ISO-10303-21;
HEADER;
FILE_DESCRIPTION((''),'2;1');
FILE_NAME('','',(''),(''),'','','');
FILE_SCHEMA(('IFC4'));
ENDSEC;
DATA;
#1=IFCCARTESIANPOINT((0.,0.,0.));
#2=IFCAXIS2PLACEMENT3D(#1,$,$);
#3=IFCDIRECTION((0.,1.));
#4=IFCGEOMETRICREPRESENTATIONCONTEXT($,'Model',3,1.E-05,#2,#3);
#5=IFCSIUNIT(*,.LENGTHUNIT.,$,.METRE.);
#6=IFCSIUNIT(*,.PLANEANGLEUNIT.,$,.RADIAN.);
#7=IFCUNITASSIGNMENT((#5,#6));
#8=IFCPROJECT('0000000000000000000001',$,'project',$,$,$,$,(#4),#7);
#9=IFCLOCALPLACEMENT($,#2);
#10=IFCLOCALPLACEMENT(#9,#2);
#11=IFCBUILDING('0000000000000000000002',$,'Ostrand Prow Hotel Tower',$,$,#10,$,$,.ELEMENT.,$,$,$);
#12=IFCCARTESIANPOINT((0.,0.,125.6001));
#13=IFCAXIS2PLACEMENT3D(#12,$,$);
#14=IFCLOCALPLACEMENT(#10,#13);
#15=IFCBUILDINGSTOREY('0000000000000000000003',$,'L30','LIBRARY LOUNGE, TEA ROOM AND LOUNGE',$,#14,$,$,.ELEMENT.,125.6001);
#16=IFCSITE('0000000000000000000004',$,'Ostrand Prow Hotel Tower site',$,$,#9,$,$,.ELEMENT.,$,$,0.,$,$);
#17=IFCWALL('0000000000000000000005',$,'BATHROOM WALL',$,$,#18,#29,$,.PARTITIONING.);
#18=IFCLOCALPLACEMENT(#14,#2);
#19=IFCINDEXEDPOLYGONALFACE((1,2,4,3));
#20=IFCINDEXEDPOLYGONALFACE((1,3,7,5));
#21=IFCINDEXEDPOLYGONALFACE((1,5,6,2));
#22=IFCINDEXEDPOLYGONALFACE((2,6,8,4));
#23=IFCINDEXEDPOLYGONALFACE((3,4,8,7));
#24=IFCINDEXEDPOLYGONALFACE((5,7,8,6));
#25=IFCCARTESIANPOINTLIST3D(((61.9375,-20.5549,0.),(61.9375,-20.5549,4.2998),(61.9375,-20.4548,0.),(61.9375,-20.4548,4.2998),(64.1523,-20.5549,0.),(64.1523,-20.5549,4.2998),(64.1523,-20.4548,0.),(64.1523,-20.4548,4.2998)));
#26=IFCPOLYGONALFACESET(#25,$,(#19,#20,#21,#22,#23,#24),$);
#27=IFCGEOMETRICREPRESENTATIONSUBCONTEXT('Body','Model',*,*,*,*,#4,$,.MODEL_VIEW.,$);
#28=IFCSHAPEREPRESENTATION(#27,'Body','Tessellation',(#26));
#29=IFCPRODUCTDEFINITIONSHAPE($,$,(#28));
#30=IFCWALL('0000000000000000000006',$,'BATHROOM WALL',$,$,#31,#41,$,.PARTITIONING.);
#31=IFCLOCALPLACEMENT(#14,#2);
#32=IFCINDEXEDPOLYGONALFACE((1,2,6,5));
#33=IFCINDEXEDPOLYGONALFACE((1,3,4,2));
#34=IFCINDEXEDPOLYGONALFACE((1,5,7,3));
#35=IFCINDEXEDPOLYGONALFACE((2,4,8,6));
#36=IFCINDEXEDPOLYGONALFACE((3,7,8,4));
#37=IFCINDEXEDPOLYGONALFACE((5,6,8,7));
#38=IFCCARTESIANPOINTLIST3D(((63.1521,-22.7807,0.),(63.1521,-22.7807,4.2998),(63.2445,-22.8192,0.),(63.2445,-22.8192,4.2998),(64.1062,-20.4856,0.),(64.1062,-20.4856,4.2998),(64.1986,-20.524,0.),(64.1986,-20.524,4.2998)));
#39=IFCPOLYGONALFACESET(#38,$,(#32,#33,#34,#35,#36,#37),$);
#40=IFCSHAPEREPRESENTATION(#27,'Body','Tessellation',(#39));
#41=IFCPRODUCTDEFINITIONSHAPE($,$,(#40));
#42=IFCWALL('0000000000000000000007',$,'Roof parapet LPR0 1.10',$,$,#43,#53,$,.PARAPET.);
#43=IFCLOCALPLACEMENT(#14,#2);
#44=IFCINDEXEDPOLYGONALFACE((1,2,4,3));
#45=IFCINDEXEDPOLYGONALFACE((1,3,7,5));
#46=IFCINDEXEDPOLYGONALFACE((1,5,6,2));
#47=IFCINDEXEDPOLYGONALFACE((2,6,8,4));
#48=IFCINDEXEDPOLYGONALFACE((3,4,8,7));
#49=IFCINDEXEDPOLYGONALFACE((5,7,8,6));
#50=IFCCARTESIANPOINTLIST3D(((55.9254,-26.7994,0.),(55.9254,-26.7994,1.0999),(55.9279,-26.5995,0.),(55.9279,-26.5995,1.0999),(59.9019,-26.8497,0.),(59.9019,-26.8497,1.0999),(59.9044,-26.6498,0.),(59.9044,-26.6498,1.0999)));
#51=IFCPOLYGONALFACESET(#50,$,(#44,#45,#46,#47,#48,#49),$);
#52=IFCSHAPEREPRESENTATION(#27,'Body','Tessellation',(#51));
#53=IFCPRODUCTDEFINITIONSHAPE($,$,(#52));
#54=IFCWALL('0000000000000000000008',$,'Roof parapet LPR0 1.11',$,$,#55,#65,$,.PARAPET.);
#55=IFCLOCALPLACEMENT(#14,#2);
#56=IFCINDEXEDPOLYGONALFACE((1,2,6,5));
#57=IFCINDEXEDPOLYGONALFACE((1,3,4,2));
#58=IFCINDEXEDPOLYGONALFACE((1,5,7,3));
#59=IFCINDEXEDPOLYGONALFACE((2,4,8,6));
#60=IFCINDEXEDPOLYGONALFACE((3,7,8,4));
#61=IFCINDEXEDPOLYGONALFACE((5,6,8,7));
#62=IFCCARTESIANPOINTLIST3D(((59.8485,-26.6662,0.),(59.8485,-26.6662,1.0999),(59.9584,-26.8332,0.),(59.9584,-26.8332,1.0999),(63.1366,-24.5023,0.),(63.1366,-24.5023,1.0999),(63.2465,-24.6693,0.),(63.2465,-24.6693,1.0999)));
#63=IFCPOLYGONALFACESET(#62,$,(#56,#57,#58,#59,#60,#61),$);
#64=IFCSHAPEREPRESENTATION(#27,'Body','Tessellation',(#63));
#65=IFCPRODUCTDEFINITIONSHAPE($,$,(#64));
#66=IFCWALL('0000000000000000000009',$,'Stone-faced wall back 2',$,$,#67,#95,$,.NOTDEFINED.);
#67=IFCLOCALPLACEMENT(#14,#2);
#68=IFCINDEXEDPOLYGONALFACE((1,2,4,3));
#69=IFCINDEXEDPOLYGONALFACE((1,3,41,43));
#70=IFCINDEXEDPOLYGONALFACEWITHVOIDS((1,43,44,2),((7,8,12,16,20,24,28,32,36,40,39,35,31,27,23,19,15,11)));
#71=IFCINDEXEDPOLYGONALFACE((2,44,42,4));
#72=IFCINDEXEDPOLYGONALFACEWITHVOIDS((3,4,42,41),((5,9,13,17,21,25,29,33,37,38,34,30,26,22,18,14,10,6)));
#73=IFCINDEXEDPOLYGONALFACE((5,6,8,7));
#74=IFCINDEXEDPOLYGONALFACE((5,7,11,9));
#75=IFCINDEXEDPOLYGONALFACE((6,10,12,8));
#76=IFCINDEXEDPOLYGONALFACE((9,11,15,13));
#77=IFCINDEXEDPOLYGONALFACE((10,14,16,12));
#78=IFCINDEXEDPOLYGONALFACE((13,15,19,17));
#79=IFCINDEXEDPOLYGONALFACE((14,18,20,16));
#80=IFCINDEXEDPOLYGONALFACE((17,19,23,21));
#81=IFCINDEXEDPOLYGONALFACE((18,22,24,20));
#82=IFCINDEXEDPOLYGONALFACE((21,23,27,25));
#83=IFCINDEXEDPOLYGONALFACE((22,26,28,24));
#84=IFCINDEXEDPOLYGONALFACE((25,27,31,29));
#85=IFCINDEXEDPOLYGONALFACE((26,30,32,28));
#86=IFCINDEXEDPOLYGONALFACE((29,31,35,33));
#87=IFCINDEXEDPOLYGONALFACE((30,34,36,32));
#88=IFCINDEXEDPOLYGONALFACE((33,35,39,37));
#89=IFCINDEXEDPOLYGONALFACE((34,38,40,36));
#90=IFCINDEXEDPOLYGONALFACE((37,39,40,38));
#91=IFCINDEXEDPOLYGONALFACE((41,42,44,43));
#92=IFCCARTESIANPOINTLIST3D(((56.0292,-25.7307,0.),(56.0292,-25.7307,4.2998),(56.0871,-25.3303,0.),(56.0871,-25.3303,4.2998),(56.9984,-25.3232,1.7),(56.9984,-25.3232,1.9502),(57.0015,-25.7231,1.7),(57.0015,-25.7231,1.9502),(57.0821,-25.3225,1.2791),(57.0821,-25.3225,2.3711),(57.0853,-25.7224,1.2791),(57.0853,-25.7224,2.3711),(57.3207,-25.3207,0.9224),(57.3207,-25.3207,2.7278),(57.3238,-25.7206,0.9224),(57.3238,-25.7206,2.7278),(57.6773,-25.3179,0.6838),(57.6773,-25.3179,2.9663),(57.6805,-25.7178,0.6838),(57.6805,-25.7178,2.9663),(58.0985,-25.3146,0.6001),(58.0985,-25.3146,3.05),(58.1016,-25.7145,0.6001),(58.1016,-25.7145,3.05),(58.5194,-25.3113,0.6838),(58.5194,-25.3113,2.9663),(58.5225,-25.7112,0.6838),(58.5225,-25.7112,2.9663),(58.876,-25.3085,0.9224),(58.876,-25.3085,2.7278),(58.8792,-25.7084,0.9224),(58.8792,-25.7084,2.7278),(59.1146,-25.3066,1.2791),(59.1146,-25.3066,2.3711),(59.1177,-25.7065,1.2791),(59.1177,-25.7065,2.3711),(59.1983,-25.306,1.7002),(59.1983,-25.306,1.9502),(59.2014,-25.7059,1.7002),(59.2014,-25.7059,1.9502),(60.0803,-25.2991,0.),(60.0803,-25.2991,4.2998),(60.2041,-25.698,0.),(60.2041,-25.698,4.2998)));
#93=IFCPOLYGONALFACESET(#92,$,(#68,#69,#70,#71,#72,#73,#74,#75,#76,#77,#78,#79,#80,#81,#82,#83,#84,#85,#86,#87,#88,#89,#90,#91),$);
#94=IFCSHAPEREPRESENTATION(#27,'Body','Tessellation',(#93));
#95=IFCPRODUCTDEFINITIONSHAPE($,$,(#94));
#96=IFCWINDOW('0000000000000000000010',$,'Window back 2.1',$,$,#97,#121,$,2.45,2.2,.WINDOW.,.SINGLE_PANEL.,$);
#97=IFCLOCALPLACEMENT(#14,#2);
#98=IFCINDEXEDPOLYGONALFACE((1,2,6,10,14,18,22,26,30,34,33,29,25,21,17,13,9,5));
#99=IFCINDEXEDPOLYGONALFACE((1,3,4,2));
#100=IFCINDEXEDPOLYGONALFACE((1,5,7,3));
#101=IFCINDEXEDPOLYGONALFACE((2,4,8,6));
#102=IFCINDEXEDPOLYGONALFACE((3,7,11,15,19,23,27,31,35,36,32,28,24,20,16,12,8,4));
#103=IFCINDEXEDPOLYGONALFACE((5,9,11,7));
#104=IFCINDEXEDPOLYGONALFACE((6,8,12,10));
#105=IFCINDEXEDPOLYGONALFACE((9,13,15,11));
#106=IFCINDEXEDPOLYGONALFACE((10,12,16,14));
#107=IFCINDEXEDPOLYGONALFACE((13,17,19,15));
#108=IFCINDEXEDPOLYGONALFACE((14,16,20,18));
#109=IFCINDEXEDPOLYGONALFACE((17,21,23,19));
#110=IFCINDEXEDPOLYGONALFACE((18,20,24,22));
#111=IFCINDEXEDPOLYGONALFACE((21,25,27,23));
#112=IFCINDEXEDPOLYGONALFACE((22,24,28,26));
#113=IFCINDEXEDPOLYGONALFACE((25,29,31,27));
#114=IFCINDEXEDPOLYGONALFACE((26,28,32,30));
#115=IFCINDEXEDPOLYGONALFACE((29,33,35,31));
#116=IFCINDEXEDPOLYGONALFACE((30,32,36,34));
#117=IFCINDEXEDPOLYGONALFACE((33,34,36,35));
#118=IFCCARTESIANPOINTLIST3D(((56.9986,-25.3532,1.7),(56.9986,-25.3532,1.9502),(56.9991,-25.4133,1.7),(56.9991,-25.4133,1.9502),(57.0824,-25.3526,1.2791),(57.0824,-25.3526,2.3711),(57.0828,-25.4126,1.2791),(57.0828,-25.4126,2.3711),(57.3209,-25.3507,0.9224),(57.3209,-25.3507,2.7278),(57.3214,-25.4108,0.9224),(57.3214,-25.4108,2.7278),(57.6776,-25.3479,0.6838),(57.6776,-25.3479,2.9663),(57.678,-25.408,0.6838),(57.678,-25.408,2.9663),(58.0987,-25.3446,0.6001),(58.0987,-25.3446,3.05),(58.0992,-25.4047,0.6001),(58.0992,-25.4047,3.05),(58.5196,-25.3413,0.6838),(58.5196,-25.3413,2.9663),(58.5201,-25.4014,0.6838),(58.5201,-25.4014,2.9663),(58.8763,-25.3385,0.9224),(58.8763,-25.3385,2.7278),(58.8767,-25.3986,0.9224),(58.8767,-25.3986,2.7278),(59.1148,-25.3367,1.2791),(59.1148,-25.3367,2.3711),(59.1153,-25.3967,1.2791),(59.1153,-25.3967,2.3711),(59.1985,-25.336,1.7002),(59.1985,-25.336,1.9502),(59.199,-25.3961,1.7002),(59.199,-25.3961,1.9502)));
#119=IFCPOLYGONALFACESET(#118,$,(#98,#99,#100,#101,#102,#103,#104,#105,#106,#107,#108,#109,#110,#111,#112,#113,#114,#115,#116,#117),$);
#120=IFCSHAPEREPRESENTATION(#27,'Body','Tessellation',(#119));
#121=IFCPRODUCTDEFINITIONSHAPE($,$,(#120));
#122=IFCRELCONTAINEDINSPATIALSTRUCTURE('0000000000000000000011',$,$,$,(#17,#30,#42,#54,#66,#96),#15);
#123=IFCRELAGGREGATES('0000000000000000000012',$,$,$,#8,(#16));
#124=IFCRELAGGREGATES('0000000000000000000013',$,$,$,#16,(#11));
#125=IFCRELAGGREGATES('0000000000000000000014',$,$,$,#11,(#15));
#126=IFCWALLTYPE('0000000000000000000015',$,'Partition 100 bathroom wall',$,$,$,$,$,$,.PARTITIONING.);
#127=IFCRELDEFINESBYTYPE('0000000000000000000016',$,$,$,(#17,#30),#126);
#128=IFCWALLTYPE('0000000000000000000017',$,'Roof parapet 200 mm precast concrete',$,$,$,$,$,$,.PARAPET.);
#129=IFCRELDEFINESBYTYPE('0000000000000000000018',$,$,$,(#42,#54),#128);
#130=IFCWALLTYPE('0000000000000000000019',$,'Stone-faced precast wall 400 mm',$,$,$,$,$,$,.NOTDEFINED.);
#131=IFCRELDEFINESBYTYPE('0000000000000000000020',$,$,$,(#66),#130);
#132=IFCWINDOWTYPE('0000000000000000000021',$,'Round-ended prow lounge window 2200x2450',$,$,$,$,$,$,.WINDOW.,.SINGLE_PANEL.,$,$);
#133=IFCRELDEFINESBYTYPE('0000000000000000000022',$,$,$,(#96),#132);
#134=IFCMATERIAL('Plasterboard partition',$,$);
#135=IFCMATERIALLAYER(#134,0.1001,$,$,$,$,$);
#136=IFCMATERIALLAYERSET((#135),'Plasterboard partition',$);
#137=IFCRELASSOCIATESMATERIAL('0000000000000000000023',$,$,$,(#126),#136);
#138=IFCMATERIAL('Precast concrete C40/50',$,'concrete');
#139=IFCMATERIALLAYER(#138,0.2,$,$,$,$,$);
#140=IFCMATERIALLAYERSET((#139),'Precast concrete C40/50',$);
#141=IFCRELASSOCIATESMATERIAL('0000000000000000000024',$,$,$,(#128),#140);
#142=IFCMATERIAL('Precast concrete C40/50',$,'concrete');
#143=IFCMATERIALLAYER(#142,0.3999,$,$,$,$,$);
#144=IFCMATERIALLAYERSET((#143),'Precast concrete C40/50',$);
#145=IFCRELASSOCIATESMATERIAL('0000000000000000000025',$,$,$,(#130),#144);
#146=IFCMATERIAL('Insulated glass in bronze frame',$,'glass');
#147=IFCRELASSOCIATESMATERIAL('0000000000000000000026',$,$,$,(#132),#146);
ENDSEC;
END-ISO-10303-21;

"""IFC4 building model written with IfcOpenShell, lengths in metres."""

from ifc_helpers import new_model, si_unit, direction, frame, frame_2d, origin, place, context, subcontext, project, spatial, polyline, rectangle, outline, extrude, material, layer, layer_set, type_object, element, fill, save


model = new_model("IFC4")

# Units and contexts
model_context = context("Model", 3, precision=1e-05, world=origin(), true_north=direction((0.0, 1.0)))
body_context = subcontext(model_context, "Body", "Model", "MODEL_VIEW")
ifc_project = project(units=[si_unit("LENGTHUNIT", "METRE"), si_unit("PLANEANGLEUNIT", "RADIAN")], contexts=[model_context])

# Site, building, storey
site_placement = place(None, origin())
site = spatial("IfcSite", under=ifc_project, at=site_placement, Name="Ostrand Prow Hotel Tower site", CompositionType="ELEMENT", RefElevation=0.0)
building_placement = place(site_placement, origin())
building = spatial("IfcBuilding", under=site, at=building_placement, Name="Ostrand Prow Hotel Tower", CompositionType="ELEMENT")
storey_placement = place(building_placement, frame((0.0, 0.0, 125.6001)))
storey = spatial("IfcBuildingStorey", under=building, at=storey_placement, Name="L30", Description="LIBRARY LOUNGE, TEA ROOM AND LOUNGE", CompositionType="ELEMENT", Elevation=125.6001)

# Shared definitions
ifc_material_1 = material(Name="Plasterboard partition")
ifc_layer_1 = layer(ifc_material_1, 0.1001)
ifc_layer_set_1 = layer_set([ifc_layer_1], Name="Plasterboard partition")
wall_type_1 = type_object("IfcWallType", Name="Partition 100 bathroom wall", PredefinedType="PARTITIONING", material=ifc_layer_set_1)

# Walls
wall_1_placement = place(storey_placement, frame((61.9375, -20.5049, 0.0), z_axis=(0.0, 0.0, 1.0), x_axis=(1.0, 0.0, 0.0)))
element("IfcWall", 1, at=wall_1_placement, inside=storey, type_object=wall_type_1, Name="BATHROOM WALL", PredefinedType="PARTITIONING", context=body_context, shape_type="SweptSolid", body=[
    extrude(rectangle(XDim=2.2148, YDim=0.1001, at=frame_2d((1.1074, 0.0))), origin(), (0.0, 0.0, 1.0), 4.2998),
])
wall_2_placement = place(storey_placement, frame((64.1523, -20.5049, 0.0), z_axis=(0.0, 0.0, 1.0), x_axis=(-0.383855, -0.923393, 0.0)))
element("IfcWall", 2, at=wall_2_placement, inside=storey, type_object=wall_type_1, Name="BATHROOM WALL", PredefinedType="PARTITIONING", context=body_context, shape_type="SweptSolid", body=[
    extrude(rectangle(XDim=2.4856, YDim=0.1001, at=frame_2d((1.2427, 0.0))), origin(), (0.0, 0.0, 1.0), 4.2998),
])
ifc_material_2 = material(Name="Precast concrete C40/50", Category="concrete")
ifc_layer_2 = layer(ifc_material_2, 0.2)
ifc_layer_set_2 = layer_set([ifc_layer_2], Name="Precast concrete C40/50")
wall_type_2 = type_object("IfcWallType", Name="Roof parapet 200 mm precast concrete", PredefinedType="PARAPET", material=ifc_layer_set_2)
wall_3_placement = place(storey_placement, frame((55.9268, -26.6995, 0.0), z_axis=(0.0, 0.0, 1.0), x_axis=(0.99992, -0.012646, 0.0)))
element("IfcWall", 3, at=wall_3_placement, inside=storey, type_object=wall_type_2, Name="Roof parapet LPR0 1.10", PredefinedType="PARAPET", context=body_context, shape_type="SweptSolid", body=[
    extrude(rectangle(XDim=3.9768, YDim=0.2, at=frame_2d((1.9883, 0.0))), origin(), (0.0, 0.0, 1.0), 1.0999),
])
wall_4_placement = place(storey_placement, frame((59.9033, -26.7498, 0.0), z_axis=(0.0, 0.0, 1.0), x_axis=(0.835347, 0.549724, 0.0)))
element("IfcWall", 4, at=wall_4_placement, inside=storey, type_object=wall_type_2, Name="Roof parapet LPR0 1.11", PredefinedType="PARAPET", context=body_context, shape_type="SweptSolid", body=[
    extrude(rectangle(XDim=3.9363, YDim=0.2, at=frame_2d((1.9683, 0.0))), origin(), (0.0, 0.0, 1.0), 1.0999),
])

# Wall, opening, window
ifc_material_3 = material(Name="Precast concrete C40/50", Category="concrete")
ifc_layer_3 = layer(ifc_material_3, 0.3999)
ifc_layer_set_3 = layer_set([ifc_layer_3], Name="Precast concrete C40/50")
wall_type_3 = type_object("IfcWallType", Name="Stone-faced precast wall 400 mm", PredefinedType="NOTDEFINED", material=ifc_layer_set_3)
wall_5_placement = place(storey_placement, frame((56.0581, -25.5305, 0.0), z_axis=(0.0, 0.0, 1.0), x_axis=(0.999969, 0.007831, 0.0)))
wall_5 = element("IfcWall", 5, at=wall_5_placement, inside=storey, type_object=wall_type_3, Name="Stone-faced wall back 2", PredefinedType="NOTDEFINED", context=body_context, shape_type="SweptSolid", body=[
    extrude(outline(polyline([(-0.0305, -0.2), (4.1445, -0.2), (4.0239, 0.2), (0.0305, 0.2), (-0.0305, -0.2)])), origin(), (0.0, 0.0, 1.0), 4.2998),
])
opening_1_placement = place(wall_5_placement, frame((0.9419, 0.0, 0.6001)))
opening_1 = element("IfcOpeningElement", 6, at=opening_1_placement, cuts=wall_5, PredefinedType="OPENING", context=body_context, shape_type="SweptSolid", body=[
    extrude(outline(polyline([(0.0, 1.3501), (0.0837, 1.771), (0.3223, 2.1277), (0.679, 2.3662), (1.1001, 2.45), (1.521, 2.3662), (1.8777, 2.1277), (2.1162, 1.771), (2.2, 1.3501), (2.2, 1.1001), (2.1162, 0.679), (1.8777, 0.3223), (1.521, 0.0837), (1.1001, 0.0), (0.679, 0.0837), (0.3223, 0.3223), (0.0837, 0.679), (0.0, 1.0999), (0.0, 1.3501)])), frame((0.0, 0.21, 0.0), z_axis=(0.0, -1.0, 0.0), x_axis=(1.0, 0.0, 0.0)), (0.0, 0.0, 1.0), 0.4199),
])
ifc_material_4 = material(Name="Insulated glass in bronze frame", Category="glass")
window_type_1 = type_object("IfcWindowType", Name="Round-ended prow lounge window 2200x2450", PartitioningType="SINGLE_PANEL", PredefinedType="WINDOW", material=ifc_material_4)
window_1_placement = place(opening_1_placement, origin())
window_1 = element("IfcWindow", 7, at=window_1_placement, inside=storey, type_object=window_type_1, Name="Window back 2.1", OverallHeight=2.45, OverallWidth=2.2, PartitioningType="SINGLE_PANEL", PredefinedType="WINDOW", context=body_context, shape_type="SweptSolid", body=[
    extrude(outline(polyline([(0.0, 1.3501), (0.0837, 1.771), (0.3223, 2.1277), (0.679, 2.3662), (1.1001, 2.45), (1.521, 2.3662), (1.8777, 2.1277), (2.1162, 1.771), (2.2, 1.3501), (2.2, 1.1001), (2.1162, 0.679), (1.8777, 0.3223), (1.521, 0.0837), (1.1001, 0.0), (0.679, 0.0837), (0.3223, 0.3223), (0.0837, 0.679), (0.0, 1.0999), (0.0, 1.3501)])), frame((0.0, 0.1699, 0.0), z_axis=(0.0, -1.0, 0.0), x_axis=(1.0, 0.0, 0.0)), (0.0, 0.0, 1.0), 0.0601),
])
fill(opening_1, window_1)

save(model, "model.ifc")
